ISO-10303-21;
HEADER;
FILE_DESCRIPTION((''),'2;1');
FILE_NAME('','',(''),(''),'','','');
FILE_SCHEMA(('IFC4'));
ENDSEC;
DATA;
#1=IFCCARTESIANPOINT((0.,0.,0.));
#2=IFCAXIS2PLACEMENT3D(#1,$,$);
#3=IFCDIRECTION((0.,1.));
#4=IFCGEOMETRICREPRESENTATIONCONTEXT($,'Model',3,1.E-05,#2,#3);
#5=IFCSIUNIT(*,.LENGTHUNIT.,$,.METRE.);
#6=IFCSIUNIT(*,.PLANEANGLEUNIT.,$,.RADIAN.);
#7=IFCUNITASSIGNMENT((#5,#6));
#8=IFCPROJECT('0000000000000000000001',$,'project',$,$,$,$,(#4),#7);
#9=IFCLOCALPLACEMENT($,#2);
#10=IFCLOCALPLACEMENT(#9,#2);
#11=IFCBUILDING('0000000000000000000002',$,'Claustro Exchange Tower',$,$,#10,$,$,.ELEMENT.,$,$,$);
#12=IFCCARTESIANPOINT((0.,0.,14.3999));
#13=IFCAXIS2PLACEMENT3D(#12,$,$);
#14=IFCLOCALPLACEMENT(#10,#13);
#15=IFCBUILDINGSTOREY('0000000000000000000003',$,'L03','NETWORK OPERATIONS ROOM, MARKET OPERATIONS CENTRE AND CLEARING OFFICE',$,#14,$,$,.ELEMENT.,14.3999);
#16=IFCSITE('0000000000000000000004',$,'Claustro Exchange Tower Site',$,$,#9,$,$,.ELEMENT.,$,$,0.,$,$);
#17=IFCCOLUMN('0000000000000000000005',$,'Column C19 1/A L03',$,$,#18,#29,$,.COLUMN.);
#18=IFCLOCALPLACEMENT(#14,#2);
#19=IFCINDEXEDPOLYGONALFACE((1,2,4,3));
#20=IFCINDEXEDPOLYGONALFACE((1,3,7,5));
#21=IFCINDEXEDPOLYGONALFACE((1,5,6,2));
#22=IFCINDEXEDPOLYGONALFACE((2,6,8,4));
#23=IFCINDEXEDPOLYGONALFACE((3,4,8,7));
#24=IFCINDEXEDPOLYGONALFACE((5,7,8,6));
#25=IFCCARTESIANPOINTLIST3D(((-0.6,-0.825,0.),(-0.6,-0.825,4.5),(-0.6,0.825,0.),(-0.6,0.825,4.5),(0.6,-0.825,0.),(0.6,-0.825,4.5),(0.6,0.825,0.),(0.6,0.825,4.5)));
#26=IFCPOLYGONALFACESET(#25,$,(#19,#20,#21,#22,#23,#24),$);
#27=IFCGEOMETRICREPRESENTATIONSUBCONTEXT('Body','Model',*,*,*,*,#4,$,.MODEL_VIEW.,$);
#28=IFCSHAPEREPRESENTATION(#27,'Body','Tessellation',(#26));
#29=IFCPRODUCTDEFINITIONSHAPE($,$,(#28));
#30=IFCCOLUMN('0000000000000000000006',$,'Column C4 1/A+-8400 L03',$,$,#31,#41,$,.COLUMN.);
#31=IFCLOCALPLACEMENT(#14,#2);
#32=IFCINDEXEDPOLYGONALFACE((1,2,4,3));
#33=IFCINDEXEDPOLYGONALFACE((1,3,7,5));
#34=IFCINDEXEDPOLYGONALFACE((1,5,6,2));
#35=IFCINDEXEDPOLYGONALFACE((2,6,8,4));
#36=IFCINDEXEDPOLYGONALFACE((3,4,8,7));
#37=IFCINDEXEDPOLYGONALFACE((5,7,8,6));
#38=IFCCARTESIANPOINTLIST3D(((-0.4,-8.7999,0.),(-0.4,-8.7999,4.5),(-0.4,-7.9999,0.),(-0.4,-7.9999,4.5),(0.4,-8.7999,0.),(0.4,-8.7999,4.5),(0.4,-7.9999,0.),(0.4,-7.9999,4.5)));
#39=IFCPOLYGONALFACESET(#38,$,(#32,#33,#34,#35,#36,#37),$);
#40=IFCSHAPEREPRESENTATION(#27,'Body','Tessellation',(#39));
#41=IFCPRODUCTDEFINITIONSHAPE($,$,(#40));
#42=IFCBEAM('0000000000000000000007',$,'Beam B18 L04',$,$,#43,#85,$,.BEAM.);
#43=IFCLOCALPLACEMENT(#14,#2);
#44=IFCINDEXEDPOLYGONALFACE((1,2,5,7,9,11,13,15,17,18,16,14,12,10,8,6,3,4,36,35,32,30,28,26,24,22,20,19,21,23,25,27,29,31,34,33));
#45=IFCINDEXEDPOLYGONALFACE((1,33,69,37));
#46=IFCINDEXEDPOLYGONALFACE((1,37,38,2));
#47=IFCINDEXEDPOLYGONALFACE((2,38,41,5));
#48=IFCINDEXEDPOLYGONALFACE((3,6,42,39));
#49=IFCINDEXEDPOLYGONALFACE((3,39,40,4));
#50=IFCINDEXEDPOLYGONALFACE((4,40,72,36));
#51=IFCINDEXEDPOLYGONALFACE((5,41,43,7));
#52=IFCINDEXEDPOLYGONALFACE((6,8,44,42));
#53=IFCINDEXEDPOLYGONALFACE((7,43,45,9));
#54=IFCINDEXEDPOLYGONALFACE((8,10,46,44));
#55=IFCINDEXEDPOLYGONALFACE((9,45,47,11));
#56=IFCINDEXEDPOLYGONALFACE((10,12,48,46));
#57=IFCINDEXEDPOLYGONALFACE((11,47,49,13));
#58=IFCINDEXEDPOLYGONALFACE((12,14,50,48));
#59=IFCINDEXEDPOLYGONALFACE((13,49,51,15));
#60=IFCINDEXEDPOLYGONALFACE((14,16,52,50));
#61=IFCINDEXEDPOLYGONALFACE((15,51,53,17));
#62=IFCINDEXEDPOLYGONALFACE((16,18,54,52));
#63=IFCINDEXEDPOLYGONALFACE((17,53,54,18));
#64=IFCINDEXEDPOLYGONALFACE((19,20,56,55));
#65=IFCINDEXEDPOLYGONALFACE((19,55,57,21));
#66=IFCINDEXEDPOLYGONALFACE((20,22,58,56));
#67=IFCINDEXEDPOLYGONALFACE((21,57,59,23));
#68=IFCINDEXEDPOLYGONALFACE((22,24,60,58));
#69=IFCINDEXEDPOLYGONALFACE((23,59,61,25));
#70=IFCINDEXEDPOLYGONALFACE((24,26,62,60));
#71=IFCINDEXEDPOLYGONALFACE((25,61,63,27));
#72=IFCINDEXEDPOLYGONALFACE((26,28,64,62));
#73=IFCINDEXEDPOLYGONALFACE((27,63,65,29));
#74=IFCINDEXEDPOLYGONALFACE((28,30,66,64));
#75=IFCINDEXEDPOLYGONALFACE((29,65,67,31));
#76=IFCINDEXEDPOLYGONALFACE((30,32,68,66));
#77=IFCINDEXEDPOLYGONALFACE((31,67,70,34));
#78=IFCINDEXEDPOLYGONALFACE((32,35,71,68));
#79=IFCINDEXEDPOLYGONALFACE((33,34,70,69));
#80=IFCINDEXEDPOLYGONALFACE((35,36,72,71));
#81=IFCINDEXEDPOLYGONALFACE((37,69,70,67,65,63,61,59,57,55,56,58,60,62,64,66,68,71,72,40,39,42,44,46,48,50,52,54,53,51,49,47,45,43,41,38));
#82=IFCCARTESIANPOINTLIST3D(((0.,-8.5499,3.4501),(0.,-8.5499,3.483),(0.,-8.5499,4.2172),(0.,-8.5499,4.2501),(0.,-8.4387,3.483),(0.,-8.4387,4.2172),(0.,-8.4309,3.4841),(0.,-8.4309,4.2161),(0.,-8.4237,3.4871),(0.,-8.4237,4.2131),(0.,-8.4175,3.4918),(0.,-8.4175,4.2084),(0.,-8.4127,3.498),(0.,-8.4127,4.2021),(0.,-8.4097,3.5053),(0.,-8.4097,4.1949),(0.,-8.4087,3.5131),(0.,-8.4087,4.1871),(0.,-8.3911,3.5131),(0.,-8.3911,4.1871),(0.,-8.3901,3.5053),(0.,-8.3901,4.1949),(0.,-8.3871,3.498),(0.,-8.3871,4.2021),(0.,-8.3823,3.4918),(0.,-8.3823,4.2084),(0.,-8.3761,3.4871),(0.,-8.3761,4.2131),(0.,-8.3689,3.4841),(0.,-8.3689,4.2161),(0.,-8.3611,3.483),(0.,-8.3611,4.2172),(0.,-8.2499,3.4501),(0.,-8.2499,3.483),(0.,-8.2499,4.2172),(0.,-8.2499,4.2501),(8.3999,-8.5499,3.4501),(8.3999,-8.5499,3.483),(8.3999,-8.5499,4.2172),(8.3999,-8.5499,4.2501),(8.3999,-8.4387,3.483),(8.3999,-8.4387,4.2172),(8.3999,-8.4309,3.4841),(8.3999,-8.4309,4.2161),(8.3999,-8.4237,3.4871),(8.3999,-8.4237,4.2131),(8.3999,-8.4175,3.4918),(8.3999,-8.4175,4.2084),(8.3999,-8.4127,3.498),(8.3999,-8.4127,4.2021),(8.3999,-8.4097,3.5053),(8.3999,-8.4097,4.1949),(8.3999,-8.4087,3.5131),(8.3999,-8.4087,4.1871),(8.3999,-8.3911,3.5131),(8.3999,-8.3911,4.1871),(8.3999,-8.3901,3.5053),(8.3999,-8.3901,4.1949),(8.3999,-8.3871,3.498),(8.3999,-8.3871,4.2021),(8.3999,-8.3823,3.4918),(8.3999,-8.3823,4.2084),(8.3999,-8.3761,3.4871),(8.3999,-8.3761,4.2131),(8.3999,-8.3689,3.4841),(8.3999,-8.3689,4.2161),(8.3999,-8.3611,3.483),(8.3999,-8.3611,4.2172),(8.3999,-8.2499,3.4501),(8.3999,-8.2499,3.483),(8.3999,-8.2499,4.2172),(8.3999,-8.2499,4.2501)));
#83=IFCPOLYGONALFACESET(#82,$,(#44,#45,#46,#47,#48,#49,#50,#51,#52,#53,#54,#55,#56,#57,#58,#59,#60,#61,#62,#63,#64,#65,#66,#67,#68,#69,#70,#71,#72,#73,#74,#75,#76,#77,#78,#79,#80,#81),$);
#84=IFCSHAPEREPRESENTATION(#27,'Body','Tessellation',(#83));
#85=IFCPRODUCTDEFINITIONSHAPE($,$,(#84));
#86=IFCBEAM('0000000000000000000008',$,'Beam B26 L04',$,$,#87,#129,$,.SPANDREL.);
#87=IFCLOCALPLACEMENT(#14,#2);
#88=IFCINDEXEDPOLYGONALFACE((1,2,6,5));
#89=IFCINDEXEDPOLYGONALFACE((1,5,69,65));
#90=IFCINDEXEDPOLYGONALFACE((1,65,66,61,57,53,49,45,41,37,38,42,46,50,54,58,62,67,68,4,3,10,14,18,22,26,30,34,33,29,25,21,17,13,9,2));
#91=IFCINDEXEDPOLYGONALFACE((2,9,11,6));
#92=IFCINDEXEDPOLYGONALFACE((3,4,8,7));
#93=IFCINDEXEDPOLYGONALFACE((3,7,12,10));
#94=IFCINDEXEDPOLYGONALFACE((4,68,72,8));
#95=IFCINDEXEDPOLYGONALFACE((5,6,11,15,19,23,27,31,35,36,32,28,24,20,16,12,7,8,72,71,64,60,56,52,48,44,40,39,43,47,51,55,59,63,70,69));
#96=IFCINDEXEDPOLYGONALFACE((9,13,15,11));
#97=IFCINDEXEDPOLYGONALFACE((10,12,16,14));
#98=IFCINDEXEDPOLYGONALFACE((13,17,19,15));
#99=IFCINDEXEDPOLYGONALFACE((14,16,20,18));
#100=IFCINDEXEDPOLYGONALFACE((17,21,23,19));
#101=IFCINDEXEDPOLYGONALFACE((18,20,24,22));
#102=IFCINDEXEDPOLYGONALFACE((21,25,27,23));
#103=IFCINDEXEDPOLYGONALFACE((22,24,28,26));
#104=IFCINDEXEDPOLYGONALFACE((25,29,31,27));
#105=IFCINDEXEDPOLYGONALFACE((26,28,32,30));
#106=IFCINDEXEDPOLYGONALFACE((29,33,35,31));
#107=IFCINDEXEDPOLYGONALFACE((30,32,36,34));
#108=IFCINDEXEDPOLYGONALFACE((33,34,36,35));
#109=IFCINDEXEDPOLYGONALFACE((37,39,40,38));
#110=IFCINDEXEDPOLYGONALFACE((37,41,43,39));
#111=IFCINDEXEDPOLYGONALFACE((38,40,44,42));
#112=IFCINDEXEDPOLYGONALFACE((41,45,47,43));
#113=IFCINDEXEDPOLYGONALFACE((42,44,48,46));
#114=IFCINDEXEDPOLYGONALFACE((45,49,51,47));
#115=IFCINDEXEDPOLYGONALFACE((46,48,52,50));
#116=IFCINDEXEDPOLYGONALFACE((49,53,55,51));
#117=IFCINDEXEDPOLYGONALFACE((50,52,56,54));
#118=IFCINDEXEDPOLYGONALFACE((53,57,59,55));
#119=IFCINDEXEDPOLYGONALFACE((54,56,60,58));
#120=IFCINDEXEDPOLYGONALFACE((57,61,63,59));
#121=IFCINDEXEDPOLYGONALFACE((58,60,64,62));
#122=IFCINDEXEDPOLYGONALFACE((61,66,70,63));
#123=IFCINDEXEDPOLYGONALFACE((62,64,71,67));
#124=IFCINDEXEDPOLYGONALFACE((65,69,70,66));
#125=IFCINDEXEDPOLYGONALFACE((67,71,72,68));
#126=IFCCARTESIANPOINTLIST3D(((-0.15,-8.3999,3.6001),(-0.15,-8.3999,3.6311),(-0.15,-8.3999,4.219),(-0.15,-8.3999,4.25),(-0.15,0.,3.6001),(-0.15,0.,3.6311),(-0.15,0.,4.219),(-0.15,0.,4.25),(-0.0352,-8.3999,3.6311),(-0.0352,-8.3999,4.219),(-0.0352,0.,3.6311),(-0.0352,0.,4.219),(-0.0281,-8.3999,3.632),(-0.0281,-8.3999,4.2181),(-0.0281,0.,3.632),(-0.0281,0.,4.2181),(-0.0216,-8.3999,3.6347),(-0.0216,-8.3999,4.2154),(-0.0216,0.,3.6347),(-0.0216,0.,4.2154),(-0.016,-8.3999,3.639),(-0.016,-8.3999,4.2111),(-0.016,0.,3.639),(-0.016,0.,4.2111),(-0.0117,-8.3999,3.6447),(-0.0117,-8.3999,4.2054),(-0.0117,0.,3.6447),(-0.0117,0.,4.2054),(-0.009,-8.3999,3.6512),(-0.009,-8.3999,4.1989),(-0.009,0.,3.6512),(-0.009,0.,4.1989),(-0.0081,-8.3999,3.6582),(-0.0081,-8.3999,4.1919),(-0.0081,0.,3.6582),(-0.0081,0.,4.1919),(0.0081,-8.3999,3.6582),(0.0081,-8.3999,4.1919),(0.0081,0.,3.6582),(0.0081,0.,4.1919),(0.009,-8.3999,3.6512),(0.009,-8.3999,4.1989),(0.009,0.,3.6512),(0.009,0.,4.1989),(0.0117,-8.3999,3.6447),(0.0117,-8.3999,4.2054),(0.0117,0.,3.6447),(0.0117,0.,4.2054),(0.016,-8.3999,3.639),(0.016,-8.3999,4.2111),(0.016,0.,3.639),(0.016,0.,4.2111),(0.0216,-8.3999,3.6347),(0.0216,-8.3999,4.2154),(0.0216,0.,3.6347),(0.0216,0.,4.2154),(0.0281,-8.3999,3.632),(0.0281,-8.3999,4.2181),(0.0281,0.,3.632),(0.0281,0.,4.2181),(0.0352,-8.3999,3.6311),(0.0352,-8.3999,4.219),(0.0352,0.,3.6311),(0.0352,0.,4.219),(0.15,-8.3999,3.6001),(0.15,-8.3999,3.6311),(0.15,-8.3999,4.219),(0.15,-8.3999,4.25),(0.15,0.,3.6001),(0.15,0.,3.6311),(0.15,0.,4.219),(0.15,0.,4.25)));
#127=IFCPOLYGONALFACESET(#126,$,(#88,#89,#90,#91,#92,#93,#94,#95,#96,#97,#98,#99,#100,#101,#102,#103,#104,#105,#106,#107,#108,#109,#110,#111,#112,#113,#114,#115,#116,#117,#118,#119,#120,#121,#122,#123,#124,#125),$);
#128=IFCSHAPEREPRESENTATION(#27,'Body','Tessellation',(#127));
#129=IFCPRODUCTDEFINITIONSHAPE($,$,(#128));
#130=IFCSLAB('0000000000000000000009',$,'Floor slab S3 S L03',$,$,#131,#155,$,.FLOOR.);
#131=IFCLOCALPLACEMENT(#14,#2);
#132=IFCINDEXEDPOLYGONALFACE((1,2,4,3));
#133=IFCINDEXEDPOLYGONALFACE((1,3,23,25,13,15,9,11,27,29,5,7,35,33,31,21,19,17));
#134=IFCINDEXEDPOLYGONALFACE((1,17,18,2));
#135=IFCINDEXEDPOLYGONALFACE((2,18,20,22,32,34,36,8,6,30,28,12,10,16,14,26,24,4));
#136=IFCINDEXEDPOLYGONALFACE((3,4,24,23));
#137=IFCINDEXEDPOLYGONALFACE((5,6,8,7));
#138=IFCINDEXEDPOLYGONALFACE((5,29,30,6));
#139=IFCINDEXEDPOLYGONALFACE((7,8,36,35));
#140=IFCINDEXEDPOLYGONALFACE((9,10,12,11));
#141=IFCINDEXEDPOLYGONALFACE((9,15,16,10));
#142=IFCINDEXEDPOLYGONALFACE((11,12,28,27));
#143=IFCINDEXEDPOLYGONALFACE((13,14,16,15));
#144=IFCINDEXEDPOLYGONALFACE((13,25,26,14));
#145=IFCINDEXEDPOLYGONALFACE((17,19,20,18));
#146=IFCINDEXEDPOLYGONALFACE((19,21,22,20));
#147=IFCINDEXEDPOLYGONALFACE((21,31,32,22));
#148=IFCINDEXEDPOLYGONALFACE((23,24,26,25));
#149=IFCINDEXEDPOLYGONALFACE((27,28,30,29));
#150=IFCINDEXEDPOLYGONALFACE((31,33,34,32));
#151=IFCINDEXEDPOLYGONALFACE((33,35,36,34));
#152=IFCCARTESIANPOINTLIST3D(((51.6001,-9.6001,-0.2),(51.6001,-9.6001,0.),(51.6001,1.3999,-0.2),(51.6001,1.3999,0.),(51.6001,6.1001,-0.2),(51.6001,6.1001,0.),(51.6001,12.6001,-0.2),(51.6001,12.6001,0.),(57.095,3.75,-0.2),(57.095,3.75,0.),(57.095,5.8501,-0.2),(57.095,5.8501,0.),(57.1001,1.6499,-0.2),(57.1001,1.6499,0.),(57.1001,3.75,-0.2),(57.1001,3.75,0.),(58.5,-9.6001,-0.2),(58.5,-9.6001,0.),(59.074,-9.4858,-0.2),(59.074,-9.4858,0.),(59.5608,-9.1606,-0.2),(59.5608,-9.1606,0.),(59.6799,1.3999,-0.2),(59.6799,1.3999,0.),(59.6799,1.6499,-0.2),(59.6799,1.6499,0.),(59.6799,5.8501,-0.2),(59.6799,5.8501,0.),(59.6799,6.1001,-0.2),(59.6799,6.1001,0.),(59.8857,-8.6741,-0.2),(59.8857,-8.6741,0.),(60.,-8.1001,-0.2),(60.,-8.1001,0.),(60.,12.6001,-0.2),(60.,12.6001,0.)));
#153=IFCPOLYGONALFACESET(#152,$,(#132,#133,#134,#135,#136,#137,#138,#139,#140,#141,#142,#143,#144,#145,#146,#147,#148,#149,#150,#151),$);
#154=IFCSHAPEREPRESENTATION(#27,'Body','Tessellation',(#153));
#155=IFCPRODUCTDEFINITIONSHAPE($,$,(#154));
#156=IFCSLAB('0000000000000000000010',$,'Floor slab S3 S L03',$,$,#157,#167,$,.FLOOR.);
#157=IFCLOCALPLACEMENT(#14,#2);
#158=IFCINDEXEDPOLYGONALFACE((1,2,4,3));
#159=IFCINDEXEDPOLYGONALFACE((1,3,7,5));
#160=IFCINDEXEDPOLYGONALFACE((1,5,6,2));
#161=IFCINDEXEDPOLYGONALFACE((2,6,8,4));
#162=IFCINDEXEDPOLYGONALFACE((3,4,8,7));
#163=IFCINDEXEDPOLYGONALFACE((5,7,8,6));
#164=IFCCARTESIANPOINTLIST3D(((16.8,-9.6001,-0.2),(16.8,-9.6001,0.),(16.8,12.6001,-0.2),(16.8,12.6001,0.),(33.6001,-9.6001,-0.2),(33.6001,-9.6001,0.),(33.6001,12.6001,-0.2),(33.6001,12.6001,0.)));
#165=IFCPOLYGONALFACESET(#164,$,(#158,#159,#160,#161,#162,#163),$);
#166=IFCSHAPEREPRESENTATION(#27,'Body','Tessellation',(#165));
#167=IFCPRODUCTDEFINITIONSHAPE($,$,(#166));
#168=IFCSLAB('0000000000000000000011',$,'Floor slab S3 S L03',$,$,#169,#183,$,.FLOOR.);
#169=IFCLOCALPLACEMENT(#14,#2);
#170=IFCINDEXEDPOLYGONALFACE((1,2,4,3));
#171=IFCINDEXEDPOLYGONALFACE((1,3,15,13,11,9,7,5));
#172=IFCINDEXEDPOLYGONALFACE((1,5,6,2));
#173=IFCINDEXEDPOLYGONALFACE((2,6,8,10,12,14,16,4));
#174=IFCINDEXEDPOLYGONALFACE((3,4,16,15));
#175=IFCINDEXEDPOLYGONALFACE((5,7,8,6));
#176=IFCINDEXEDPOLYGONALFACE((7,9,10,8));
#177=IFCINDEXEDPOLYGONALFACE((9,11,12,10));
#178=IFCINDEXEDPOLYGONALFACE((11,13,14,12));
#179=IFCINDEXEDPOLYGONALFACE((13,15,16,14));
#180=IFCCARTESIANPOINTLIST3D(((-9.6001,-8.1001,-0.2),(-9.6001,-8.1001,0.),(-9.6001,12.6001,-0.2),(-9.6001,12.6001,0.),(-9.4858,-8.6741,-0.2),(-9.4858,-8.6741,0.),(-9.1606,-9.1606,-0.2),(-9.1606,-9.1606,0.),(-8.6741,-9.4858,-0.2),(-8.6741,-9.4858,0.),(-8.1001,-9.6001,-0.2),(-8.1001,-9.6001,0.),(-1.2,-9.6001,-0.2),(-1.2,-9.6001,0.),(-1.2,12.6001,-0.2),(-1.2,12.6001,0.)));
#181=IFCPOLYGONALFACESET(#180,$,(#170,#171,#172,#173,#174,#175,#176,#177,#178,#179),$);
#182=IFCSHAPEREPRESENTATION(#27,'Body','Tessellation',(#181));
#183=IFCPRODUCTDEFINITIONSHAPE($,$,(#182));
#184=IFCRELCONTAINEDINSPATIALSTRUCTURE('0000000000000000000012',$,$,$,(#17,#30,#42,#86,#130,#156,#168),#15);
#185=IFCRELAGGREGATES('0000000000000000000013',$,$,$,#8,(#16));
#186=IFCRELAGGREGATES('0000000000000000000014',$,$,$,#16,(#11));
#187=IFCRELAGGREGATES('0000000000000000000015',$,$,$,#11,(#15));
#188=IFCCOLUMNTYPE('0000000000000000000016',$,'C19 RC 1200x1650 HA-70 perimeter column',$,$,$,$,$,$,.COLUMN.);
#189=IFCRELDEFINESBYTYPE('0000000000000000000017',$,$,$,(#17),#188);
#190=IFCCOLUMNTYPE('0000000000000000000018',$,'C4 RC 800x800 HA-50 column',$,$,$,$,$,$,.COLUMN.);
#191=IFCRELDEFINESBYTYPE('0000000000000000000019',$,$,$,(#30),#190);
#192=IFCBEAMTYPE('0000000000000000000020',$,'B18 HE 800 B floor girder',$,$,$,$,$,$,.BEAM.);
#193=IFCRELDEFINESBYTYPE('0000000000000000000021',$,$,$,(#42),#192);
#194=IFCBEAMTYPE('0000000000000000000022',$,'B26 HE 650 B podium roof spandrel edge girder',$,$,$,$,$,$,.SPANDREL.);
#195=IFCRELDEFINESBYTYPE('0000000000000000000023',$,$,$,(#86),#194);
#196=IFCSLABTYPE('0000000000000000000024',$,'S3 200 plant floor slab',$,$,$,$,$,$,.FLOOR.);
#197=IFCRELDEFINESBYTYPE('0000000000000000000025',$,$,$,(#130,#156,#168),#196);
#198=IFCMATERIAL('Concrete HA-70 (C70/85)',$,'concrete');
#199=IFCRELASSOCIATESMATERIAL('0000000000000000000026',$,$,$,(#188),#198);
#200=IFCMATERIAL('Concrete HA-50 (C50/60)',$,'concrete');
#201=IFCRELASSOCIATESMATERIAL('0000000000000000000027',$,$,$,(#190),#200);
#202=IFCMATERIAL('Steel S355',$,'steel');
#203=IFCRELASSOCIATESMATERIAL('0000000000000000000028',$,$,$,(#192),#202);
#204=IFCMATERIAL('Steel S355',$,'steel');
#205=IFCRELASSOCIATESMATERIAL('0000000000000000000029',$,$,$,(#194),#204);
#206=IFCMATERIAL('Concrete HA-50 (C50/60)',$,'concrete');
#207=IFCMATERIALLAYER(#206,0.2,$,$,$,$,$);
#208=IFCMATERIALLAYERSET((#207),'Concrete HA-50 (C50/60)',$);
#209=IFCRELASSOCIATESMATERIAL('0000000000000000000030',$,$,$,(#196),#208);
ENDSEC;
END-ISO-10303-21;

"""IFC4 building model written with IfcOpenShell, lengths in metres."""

from ifc_helpers import new_model, si_unit, direction, frame, origin, origin_with_axes, origin_2d, place, context, subcontext, project, spatial, polyline, rectangle, i_section, outline, extrude, material, layer, layer_set, material_profile, profile_set, type_object, element, save


model = new_model("IFC4")

# Units and contexts
model_context = context("Model", 3, precision=1e-05, world=origin(), true_north=direction((0.0, 1.0)))
body_context = subcontext(model_context, "Body", "Model", "MODEL_VIEW")
ifc_project = project(units=[si_unit("LENGTHUNIT", "METRE"), si_unit("PLANEANGLEUNIT", "RADIAN")], contexts=[model_context])

# Site, building, storey
site_placement = place(None, origin())
site = spatial("IfcSite", under=ifc_project, at=site_placement, Name="Claustro Exchange Tower Site", CompositionType="ELEMENT", RefElevation=0.0)
building_placement = place(site_placement, origin())
building = spatial("IfcBuilding", under=site, at=building_placement, Name="Claustro Exchange Tower", CompositionType="ELEMENT")
storey_placement = place(building_placement, frame((0.0, 0.0, 14.3999)))
storey = spatial("IfcBuildingStorey", under=building, at=storey_placement, Name="L03", Description="NETWORK OPERATIONS ROOM, MARKET OPERATIONS CENTRE AND CLEARING OFFICE", CompositionType="ELEMENT", Elevation=14.3999)

# Columns
ifc_material_1 = material(Name="Concrete HA-70 (C70/85)", Category="concrete")
ifc_material_profile_1 = material_profile(ifc_material_1, rectangle(XDim=1.2, YDim=1.6499, at=origin_2d()), Name="RC 1200x1650")
ifc_profile_set_1 = profile_set([ifc_material_profile_1], Name="Concrete HA-70 (C70/85)")
column_type_1 = type_object("IfcColumnType", Name="C19 RC 1200x1650 HA-70 perimeter column", PredefinedType="COLUMN", material=ifc_profile_set_1)
column_1_placement = place(storey_placement, origin_with_axes())
element("IfcColumn", 1, at=column_1_placement, inside=storey, type_object=column_type_1, Name="Column C19 1/A L03", PredefinedType="COLUMN", context=body_context, shape_type="SweptSolid", body=[
    extrude(rectangle(XDim=1.2, YDim=1.6499, at=origin_2d()), origin(), (0.0, 0.0, 1.0), 4.5),
])
ifc_material_2 = material(Name="Concrete HA-50 (C50/60)", Category="concrete")
ifc_material_profile_2 = material_profile(ifc_material_2, rectangle(XDim=0.8, YDim=0.8, at=origin_2d()), Name="RC 800x800")
ifc_profile_set_2 = profile_set([ifc_material_profile_2], Name="Concrete HA-50 (C50/60)")
column_type_2 = type_object("IfcColumnType", Name="C4 RC 800x800 HA-50 column", PredefinedType="COLUMN", material=ifc_profile_set_2)
column_2_placement = place(storey_placement, frame((0.0, -8.3999, 0.0), z_axis=(0.0, 0.0, 1.0), x_axis=(1.0, 0.0, 0.0)))
element("IfcColumn", 2, at=column_2_placement, inside=storey, type_object=column_type_2, Name="Column C4 1/A+-8400 L03", PredefinedType="COLUMN", context=body_context, shape_type="SweptSolid", body=[
    extrude(rectangle(XDim=0.8, YDim=0.8, at=origin_2d()), origin(), (0.0, 0.0, 1.0), 4.5),
])

# Beams
ifc_material_3 = material(Name="Steel S355", Category="steel")
ifc_material_profile_3 = material_profile(ifc_material_3, i_section(OverallWidth=0.3, OverallDepth=0.8, WebThickness=0.0176, FlangeThickness=0.033, FilletRadius=0.03, at=origin_2d()), Name="HE 800 B")
ifc_profile_set_3 = profile_set([ifc_material_profile_3], Name="Steel S355")
beam_type_1 = type_object("IfcBeamType", Name="B18 HE 800 B floor girder", PredefinedType="BEAM", material=ifc_profile_set_3)
beam_1_placement = place(storey_placement, frame((0.0, -8.3999, 3.8501), z_axis=(1.0, 0.0, 0.0), x_axis=(0.0, 1.0, 0.0)))
element("IfcBeam", 3, at=beam_1_placement, inside=storey, type_object=beam_type_1, Name="Beam B18 L04", PredefinedType="BEAM", context=body_context, shape_type="SweptSolid", body=[
    extrude(i_section(OverallWidth=0.3, OverallDepth=0.8, WebThickness=0.0176, FlangeThickness=0.033, FilletRadius=0.03, at=origin_2d()), origin(), (0.0, 0.0, 1.0), 8.3999),
])
ifc_material_4 = material(Name="Steel S355", Category="steel")
ifc_material_profile_4 = material_profile(ifc_material_4, i_section(OverallWidth=0.3, OverallDepth=0.6499, WebThickness=0.0161, FlangeThickness=0.031, FilletRadius=0.0271, at=origin_2d()), Name="HE 650 B")
ifc_profile_set_4 = profile_set([ifc_material_profile_4], Name="Steel S355")
beam_type_2 = type_object("IfcBeamType", Name="B26 HE 650 B podium roof spandrel edge girder", PredefinedType="SPANDREL", material=ifc_profile_set_4)
beam_2_placement = place(storey_placement, frame((0.0, -8.3999, 3.925), z_axis=(0.0, 1.0, 0.0), x_axis=(-1.0, 0.0, 0.0)))
element("IfcBeam", 4, at=beam_2_placement, inside=storey, type_object=beam_type_2, Name="Beam B26 L04", PredefinedType="SPANDREL", context=body_context, shape_type="SweptSolid", body=[
    extrude(i_section(OverallWidth=0.3, OverallDepth=0.6499, WebThickness=0.0161, FlangeThickness=0.031, FilletRadius=0.0271, at=origin_2d()), origin(), (0.0, 0.0, 1.0), 8.3999),
])

# Slabs
ifc_material_5 = material(Name="Concrete HA-50 (C50/60)", Category="concrete")
ifc_layer_1 = layer(ifc_material_5, 0.2)
ifc_layer_set_1 = layer_set([ifc_layer_1], Name="Concrete HA-50 (C50/60)")
slab_type = type_object("IfcSlabType", Name="S3 200 plant floor slab", PredefinedType="FLOOR", material=ifc_layer_set_1)
slab_1_placement = place(storey_placement, frame((0.0, 0.0, -0.2)))
element("IfcSlab", 5, at=slab_1_placement, inside=storey, type_object=slab_type, Name="Floor slab S3 S L03", PredefinedType="FLOOR", context=body_context, shape_type="SweptSolid", body=[
    extrude(outline(polyline([(60.0, -8.1001), (60.0, 12.6001), (51.6001, 12.6001), (51.6001, 6.1001), (59.6799, 6.1001), (59.6799, 5.8501), (57.095, 5.8501), (57.095, 3.75), (57.1001, 3.75), (57.1001, 1.6499), (59.6799, 1.6499), (59.6799, 1.3999), (51.6001, 1.3999), (51.6001, -9.6001), (58.5, -9.6001), (59.074, -9.4858), (59.5608, -9.1606), (59.8857, -8.6741), (60.0, -8.1001)])), origin(), (0.0, 0.0, 1.0), 0.2),
])
slab_2_placement = place(storey_placement, frame((0.0, 0.0, -0.2)))
element("IfcSlab", 6, at=slab_2_placement, inside=storey, type_object=slab_type, Name="Floor slab S3 S L03", PredefinedType="FLOOR", context=body_context, shape_type="SweptSolid", body=[
    extrude(outline(polyline([(16.8, -9.6001), (33.6001, -9.6001), (33.6001, 12.6001), (16.8, 12.6001), (16.8, -9.6001)])), origin(), (0.0, 0.0, 1.0), 0.2),
])
slab_3_placement = place(storey_placement, frame((0.0, 0.0, -0.2)))
element("IfcSlab", 7, at=slab_3_placement, inside=storey, type_object=slab_type, Name="Floor slab S3 S L03", PredefinedType="FLOOR", context=body_context, shape_type="SweptSolid", body=[
    extrude(outline(polyline([(-8.1001, -9.6001), (-1.2, -9.6001), (-1.2, 12.6001), (-9.6001, 12.6001), (-9.6001, -8.1001), (-9.4858, -8.6741), (-9.1606, -9.1606), (-8.6741, -9.4858), (-8.1001, -9.6001)])), origin(), (0.0, 0.0, 1.0), 0.2),
])

save(model, "model.ifc")
